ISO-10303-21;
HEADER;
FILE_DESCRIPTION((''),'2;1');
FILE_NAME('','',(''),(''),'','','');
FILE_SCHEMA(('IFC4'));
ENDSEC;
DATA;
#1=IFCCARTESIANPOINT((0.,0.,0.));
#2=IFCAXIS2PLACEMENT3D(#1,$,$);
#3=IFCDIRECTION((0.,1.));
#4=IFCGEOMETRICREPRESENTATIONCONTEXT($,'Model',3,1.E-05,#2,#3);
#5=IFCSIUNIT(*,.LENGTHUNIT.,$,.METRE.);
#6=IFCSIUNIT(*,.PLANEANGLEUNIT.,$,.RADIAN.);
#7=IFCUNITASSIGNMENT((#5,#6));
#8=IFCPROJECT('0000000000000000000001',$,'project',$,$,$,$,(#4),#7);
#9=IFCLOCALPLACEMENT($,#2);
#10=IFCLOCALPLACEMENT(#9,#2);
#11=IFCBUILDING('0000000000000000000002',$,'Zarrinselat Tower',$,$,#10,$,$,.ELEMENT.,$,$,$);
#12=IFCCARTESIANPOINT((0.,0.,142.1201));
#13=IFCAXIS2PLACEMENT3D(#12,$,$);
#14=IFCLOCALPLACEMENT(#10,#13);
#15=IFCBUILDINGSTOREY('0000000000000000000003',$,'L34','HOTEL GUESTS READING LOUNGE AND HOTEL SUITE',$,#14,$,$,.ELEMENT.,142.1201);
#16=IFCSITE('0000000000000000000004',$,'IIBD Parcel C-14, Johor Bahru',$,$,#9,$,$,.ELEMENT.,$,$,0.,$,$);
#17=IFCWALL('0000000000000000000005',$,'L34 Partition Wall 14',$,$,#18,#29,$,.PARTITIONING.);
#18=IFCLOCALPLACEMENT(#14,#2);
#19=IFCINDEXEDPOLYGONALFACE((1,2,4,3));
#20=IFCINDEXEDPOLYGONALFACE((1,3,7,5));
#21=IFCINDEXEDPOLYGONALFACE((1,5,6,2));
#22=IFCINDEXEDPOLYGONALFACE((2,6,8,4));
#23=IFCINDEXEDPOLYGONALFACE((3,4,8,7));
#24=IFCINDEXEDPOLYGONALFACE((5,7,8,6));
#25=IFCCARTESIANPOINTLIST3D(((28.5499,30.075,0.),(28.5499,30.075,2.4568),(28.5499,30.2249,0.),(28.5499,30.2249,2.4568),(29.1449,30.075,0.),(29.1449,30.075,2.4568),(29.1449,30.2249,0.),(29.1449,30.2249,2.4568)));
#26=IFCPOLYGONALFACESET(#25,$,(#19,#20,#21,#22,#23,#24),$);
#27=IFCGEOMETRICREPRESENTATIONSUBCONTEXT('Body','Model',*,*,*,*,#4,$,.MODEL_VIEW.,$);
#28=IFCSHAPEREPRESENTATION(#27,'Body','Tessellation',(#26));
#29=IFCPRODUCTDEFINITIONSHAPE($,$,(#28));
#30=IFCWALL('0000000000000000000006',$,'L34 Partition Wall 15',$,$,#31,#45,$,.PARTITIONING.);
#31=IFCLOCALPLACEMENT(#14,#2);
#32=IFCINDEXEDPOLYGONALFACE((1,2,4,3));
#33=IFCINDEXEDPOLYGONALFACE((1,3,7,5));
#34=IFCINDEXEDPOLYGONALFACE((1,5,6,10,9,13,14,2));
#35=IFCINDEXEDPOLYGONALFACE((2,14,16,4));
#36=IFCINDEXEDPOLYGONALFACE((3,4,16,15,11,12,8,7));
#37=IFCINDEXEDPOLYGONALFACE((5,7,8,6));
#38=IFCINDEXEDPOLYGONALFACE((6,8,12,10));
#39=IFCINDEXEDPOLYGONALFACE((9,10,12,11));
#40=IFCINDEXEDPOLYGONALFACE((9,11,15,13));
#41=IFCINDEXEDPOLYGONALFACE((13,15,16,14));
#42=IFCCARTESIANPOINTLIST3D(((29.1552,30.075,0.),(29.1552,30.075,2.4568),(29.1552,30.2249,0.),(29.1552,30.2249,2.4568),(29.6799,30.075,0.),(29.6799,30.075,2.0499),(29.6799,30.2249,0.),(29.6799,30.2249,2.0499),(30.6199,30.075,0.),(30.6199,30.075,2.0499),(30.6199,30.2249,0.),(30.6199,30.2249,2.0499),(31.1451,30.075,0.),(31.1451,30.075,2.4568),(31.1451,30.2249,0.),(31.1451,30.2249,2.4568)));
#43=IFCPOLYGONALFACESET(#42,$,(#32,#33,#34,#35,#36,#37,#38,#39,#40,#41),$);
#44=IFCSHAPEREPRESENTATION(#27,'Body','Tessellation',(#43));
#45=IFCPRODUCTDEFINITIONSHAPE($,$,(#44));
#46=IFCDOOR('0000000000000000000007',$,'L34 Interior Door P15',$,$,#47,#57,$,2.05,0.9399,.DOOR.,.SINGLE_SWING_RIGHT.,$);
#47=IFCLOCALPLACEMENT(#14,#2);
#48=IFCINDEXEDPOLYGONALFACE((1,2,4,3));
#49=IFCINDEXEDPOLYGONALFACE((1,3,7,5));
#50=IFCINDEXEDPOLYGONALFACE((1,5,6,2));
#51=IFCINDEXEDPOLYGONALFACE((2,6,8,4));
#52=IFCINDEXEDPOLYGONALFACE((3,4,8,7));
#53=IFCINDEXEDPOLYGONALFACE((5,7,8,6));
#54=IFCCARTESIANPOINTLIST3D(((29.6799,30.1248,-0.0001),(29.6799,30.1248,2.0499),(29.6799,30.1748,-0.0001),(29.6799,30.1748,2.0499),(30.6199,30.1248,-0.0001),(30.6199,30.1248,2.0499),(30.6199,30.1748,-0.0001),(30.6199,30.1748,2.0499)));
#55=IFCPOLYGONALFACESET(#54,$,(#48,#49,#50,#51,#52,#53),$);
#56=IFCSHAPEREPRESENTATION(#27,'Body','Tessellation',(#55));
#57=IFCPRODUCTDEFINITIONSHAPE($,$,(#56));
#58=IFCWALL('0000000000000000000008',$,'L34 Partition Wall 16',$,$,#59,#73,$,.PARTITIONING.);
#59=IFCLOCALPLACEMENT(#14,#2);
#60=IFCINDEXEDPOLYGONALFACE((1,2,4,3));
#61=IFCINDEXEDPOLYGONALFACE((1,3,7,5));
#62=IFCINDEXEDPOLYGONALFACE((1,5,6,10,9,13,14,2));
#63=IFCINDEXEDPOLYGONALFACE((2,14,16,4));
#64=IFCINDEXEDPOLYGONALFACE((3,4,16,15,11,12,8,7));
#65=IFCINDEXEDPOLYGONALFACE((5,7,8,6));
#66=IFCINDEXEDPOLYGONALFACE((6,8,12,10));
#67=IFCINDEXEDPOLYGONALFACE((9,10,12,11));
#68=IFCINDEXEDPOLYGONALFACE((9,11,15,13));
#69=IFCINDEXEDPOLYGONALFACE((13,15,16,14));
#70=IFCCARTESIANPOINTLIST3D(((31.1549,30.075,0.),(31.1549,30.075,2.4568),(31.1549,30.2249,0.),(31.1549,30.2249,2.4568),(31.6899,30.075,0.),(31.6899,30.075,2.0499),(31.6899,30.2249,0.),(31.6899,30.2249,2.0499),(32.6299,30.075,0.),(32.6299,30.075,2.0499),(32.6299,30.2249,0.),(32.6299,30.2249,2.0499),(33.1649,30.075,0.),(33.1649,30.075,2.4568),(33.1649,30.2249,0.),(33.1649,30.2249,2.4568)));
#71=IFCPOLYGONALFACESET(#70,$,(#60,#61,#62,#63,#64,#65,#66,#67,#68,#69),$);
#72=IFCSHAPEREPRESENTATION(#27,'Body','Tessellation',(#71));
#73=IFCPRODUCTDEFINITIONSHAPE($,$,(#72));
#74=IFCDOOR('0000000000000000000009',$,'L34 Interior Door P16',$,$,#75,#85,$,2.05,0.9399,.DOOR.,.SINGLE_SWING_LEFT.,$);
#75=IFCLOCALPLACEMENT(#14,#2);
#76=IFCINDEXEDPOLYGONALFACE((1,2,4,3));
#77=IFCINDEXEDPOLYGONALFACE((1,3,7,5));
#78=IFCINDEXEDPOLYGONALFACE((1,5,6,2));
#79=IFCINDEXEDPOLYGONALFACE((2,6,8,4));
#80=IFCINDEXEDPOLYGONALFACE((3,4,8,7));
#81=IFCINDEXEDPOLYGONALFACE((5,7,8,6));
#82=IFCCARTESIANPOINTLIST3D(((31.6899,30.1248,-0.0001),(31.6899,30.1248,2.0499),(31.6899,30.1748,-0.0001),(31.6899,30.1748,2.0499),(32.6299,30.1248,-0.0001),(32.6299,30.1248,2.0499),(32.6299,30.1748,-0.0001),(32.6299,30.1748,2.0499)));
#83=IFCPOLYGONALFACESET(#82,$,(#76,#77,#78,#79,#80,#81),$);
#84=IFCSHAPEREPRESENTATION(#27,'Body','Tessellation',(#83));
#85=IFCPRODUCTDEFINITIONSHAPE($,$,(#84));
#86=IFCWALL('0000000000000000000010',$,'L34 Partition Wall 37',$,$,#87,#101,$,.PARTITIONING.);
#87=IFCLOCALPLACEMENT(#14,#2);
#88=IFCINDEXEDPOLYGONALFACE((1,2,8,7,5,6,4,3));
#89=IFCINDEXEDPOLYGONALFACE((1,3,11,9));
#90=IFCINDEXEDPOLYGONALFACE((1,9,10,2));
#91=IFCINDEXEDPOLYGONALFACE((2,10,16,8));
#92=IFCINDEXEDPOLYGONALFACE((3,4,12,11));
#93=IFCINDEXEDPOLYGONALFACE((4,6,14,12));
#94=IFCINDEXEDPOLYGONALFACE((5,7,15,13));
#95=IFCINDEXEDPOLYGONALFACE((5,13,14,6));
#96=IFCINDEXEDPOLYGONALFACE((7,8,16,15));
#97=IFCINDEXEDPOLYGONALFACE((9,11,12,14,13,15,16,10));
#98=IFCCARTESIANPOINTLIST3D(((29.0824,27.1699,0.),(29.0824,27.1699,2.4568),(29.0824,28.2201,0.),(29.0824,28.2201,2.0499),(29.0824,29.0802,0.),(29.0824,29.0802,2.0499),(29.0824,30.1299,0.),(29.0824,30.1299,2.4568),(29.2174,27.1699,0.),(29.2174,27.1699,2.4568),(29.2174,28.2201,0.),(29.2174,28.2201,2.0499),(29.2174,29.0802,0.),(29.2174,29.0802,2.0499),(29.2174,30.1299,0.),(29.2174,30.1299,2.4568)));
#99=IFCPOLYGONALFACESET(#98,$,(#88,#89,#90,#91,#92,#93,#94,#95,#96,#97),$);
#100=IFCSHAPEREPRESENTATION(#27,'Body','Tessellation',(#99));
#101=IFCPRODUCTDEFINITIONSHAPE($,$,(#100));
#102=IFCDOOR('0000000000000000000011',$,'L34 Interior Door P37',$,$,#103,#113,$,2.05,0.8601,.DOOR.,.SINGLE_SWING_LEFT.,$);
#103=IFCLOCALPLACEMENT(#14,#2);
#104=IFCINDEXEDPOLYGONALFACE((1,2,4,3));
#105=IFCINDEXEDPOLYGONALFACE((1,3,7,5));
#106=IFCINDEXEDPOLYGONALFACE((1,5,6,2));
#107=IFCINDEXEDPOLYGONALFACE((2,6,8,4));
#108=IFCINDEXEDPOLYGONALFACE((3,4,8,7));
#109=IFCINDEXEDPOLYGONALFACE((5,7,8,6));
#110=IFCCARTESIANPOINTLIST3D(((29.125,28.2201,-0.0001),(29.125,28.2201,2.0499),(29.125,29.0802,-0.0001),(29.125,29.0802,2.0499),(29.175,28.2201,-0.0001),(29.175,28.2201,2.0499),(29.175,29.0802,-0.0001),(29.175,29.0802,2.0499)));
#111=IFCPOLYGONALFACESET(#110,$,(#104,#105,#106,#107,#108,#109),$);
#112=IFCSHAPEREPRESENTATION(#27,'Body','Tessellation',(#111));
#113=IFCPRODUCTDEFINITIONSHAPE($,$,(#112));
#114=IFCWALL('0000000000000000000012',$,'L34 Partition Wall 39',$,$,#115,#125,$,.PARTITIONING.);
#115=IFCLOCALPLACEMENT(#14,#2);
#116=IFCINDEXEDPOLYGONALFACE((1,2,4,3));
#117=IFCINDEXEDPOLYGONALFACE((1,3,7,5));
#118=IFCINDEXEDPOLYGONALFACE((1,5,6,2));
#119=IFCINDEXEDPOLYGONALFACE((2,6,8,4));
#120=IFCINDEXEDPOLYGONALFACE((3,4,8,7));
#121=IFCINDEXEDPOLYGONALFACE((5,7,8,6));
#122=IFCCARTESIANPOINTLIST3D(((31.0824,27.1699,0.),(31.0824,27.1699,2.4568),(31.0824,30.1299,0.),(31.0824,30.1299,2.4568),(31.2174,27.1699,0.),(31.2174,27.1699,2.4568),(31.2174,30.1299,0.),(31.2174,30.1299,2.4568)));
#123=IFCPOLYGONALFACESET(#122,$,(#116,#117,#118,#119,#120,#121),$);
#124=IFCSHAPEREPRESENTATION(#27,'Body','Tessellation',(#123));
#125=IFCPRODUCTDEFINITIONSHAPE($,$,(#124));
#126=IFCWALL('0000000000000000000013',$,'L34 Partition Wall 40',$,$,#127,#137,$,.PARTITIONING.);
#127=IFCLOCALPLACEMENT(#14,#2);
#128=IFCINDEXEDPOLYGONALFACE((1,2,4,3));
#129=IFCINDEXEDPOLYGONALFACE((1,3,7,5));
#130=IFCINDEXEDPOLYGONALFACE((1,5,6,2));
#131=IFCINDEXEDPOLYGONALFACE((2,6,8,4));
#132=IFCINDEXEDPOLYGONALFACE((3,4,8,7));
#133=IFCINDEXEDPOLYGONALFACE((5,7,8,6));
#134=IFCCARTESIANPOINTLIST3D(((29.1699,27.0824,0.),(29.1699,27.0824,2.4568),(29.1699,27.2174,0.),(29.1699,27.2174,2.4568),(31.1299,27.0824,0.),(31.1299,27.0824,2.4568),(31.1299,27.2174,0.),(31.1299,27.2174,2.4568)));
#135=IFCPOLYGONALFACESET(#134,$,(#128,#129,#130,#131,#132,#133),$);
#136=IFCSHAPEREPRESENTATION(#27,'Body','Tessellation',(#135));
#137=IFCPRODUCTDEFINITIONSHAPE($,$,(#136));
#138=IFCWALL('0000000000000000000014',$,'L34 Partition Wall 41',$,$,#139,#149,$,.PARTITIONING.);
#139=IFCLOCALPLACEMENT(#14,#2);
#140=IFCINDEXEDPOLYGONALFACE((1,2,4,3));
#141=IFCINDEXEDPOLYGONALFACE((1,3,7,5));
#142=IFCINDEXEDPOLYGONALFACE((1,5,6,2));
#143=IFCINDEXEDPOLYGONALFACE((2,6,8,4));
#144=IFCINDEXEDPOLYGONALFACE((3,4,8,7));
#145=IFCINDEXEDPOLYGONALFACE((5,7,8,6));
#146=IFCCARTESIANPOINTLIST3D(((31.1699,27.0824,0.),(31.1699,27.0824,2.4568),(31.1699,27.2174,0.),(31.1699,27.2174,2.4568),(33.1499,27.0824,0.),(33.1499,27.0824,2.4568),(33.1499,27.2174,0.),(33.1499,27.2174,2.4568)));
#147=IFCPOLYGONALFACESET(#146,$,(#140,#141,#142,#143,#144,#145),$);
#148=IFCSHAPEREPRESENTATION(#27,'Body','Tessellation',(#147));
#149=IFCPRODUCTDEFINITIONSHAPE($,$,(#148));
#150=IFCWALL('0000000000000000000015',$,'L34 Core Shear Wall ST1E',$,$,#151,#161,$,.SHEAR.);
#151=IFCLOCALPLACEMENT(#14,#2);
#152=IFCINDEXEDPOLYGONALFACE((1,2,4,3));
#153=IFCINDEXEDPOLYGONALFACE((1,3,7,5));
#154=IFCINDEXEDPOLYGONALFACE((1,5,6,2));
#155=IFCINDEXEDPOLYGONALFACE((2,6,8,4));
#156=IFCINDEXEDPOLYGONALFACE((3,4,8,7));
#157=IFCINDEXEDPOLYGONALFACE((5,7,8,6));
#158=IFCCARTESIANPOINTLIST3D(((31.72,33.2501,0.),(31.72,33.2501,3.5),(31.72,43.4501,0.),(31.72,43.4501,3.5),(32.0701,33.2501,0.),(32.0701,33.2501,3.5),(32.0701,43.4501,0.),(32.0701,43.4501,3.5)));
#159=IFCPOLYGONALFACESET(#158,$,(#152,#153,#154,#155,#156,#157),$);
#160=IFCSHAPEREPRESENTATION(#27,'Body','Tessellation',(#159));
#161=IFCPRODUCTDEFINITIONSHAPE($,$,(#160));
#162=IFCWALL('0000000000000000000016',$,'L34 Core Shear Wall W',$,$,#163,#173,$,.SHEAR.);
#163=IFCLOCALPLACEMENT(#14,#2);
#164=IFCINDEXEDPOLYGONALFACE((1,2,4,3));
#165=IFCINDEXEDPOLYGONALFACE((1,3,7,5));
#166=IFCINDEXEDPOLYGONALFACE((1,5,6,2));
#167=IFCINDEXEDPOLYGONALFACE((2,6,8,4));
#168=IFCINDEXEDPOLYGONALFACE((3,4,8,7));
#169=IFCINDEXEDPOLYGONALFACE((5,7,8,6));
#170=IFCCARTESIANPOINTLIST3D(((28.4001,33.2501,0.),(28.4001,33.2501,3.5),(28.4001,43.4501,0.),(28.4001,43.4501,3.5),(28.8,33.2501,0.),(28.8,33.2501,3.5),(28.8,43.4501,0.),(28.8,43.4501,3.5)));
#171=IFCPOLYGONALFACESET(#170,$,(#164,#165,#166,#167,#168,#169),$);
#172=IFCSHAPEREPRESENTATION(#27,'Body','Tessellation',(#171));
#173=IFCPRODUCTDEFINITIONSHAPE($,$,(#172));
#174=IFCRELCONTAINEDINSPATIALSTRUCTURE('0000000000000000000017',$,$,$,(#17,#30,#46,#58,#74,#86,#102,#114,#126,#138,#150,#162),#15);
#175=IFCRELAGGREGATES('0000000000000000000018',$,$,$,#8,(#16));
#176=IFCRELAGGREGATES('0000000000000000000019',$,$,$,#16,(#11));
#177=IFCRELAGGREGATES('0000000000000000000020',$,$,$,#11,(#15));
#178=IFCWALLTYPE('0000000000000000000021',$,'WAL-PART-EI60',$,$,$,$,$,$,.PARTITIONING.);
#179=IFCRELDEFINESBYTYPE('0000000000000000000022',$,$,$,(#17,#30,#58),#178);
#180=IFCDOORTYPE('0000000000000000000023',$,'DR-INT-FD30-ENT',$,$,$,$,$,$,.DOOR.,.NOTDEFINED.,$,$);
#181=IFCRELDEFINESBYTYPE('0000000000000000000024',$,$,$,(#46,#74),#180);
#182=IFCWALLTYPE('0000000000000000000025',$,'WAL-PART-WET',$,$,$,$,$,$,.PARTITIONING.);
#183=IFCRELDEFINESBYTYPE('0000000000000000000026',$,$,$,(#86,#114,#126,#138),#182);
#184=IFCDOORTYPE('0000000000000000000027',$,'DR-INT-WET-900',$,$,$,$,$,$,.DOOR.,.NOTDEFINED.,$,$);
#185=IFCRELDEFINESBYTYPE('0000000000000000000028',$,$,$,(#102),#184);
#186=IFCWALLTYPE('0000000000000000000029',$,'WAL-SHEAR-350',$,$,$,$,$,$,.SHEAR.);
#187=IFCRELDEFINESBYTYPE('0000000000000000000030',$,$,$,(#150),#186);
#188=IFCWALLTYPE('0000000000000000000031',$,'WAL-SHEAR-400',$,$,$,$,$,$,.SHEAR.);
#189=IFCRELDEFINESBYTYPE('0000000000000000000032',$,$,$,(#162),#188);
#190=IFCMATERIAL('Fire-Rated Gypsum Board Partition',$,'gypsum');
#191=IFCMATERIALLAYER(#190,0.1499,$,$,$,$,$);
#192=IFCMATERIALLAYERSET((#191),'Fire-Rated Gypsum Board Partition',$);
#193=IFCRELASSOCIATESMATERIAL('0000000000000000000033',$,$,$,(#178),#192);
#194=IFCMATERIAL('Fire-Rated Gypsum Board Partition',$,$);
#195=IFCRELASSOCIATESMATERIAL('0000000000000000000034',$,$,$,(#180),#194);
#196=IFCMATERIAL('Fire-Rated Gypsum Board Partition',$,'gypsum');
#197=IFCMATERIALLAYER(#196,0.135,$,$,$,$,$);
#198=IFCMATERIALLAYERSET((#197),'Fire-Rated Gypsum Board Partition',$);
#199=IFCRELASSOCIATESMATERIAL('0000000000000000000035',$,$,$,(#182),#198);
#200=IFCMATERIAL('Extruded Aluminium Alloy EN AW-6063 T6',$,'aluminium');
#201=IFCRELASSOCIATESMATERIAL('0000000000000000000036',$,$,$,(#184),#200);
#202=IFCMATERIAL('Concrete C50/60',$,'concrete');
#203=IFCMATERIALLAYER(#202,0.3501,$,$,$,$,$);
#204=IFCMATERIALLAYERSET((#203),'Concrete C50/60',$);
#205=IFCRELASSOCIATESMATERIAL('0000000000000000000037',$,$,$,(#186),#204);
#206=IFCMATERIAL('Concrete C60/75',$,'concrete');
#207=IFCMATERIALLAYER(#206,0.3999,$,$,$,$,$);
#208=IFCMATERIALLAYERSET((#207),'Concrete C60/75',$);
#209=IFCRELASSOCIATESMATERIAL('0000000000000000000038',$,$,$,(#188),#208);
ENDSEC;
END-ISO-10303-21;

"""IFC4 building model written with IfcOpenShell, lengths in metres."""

from ifc_helpers import new_model, si_unit, direction, frame, frame_2d, origin, place, context, subcontext, project, spatial, rectangle, extrude, material, layer, layer_set, type_object, element, fill, save


model = new_model("IFC4")

# Units and contexts
model_context = context("Model", 3, precision=1e-05, world=origin(), true_north=direction((0.0, 1.0)))
body_context = subcontext(model_context, "Body", "Model", "MODEL_VIEW")
ifc_project = project(units=[si_unit("LENGTHUNIT", "METRE"), si_unit("PLANEANGLEUNIT", "RADIAN")], contexts=[model_context])

# Site, building, storey
site_placement = place(None, origin())
site = spatial("IfcSite", under=ifc_project, at=site_placement, Name="IIBD Parcel C-14, Johor Bahru", CompositionType="ELEMENT", RefElevation=0.0)
building_placement = place(site_placement, origin())
building = spatial("IfcBuilding", under=site, at=building_placement, Name="Zarrinselat Tower", CompositionType="ELEMENT")
storey_placement = place(building_placement, frame((0.0, 0.0, 142.1201)))
storey = spatial("IfcBuildingStorey", under=building, at=storey_placement, Name="L34", Description="HOTEL GUESTS READING LOUNGE AND HOTEL SUITE", CompositionType="ELEMENT", Elevation=142.1201)

# Wall
ifc_material_1 = material(Name="Fire-Rated Gypsum Board Partition", Category="gypsum")
ifc_layer_1 = layer(ifc_material_1, 0.1499)
ifc_layer_set_1 = layer_set([ifc_layer_1], Name="Fire-Rated Gypsum Board Partition")
wall_type_1 = type_object("IfcWallType", Name="WAL-PART-EI60", PredefinedType="PARTITIONING", material=ifc_layer_set_1)
wall_1_placement = place(storey_placement, frame((28.55, 30.1499, 0.0), z_axis=(0.0, 0.0, 1.0), x_axis=(1.0, 0.0, 0.0)))
element("IfcWall", 1, at=wall_1_placement, inside=storey, type_object=wall_type_1, Name="L34 Partition Wall 14", PredefinedType="PARTITIONING", context=body_context, shape_type="SweptSolid", body=[
    extrude(rectangle(XDim=0.595, YDim=0.1499, at=frame_2d((0.2974, 0.0))), origin(), (0.0, 0.0, 1.0), 2.4568),
])

# Walls, openings, doors
wall_2_placement = place(storey_placement, frame((29.155, 30.1499, 0.0), z_axis=(0.0, 0.0, 1.0), x_axis=(1.0, 0.0, 0.0)))
wall_2 = element("IfcWall", 2, at=wall_2_placement, inside=storey, type_object=wall_type_1, Name="L34 Partition Wall 15", PredefinedType="PARTITIONING", context=body_context, shape_type="SweptSolid", body=[
    extrude(rectangle(XDim=1.99, YDim=0.1499, at=frame_2d((0.9951, 0.0))), origin(), (0.0, 0.0, 1.0), 2.4568),
])
opening_1_placement = place(wall_2_placement, frame((0.5249, 0.0, 0.0)))
opening_1 = element("IfcOpeningElement", 3, at=opening_1_placement, cuts=wall_2, PredefinedType="OPENING", context=body_context, shape_type="SweptSolid", body=[
    extrude(rectangle(XDim=0.9399, YDim=2.05, at=frame_2d((0.47, 1.0249))), frame((0.0, 0.085, 0.0), z_axis=(0.0, -1.0, 0.0), x_axis=(1.0, 0.0, 0.0)), (0.0, 0.0, 1.0), 0.1699),
])
ifc_material_2 = material(Name="Fire-Rated Gypsum Board Partition")
door_type_1 = type_object("IfcDoorType", Name="DR-INT-FD30-ENT", OperationType="NOTDEFINED", PredefinedType="DOOR", material=ifc_material_2)
door_1_placement = place(opening_1_placement, origin())
door_1 = element("IfcDoor", 4, at=door_1_placement, inside=storey, type_object=door_type_1, Name="L34 Interior Door P15", OperationType="SINGLE_SWING_RIGHT", OverallHeight=2.05, OverallWidth=0.9399, PredefinedType="DOOR", context=body_context, shape_type="SweptSolid", body=[
    extrude(rectangle(XDim=0.9399, YDim=2.05, at=frame_2d((0.47, 1.0249))), frame((0.0, 0.0249, 0.0), z_axis=(0.0, -1.0, 0.0), x_axis=(1.0, 0.0, 0.0)), (0.0, 0.0, 1.0), 0.05),
])
fill(opening_1, door_1)
wall_3_placement = place(storey_placement, frame((31.155, 30.1499, 0.0), z_axis=(0.0, 0.0, 1.0), x_axis=(1.0, 0.0, 0.0)))
wall_3 = element("IfcWall", 5, at=wall_3_placement, inside=storey, type_object=wall_type_1, Name="L34 Partition Wall 16", PredefinedType="PARTITIONING", context=body_context, shape_type="SweptSolid", body=[
    extrude(rectangle(XDim=2.01, YDim=0.1499, at=frame_2d((1.0049, 0.0))), origin(), (0.0, 0.0, 1.0), 2.4568),
])
opening_2_placement = place(wall_3_placement, frame((0.5349, 0.0, 0.0)))
opening_2 = element("IfcOpeningElement", 6, at=opening_2_placement, cuts=wall_3, PredefinedType="OPENING", context=body_context, shape_type="SweptSolid", body=[
    extrude(rectangle(XDim=0.9399, YDim=2.05, at=frame_2d((0.47, 1.0249))), frame((0.0, 0.085, 0.0), z_axis=(0.0, -1.0, 0.0), x_axis=(1.0, 0.0, 0.0)), (0.0, 0.0, 1.0), 0.1699),
])
door_2_placement = place(opening_2_placement, origin())
door_2 = element("IfcDoor", 7, at=door_2_placement, inside=storey, type_object=door_type_1, Name="L34 Interior Door P16", OperationType="SINGLE_SWING_LEFT", OverallHeight=2.05, OverallWidth=0.9399, PredefinedType="DOOR", context=body_context, shape_type="SweptSolid", body=[
    extrude(rectangle(XDim=0.9399, YDim=2.05, at=frame_2d((0.47, 1.0249))), frame((0.0, 0.0249, 0.0), z_axis=(0.0, -1.0, 0.0), x_axis=(1.0, 0.0, 0.0)), (0.0, 0.0, 1.0), 0.05),
])
fill(opening_2, door_2)
ifc_material_3 = material(Name="Fire-Rated Gypsum Board Partition", Category="gypsum")
ifc_layer_2 = layer(ifc_material_3, 0.135)
ifc_layer_set_2 = layer_set([ifc_layer_2], Name="Fire-Rated Gypsum Board Partition")
wall_type_2 = type_object("IfcWallType", Name="WAL-PART-WET", PredefinedType="PARTITIONING", material=ifc_layer_set_2)
wall_4_placement = place(storey_placement, frame((29.1499, 27.1699, 0.0), z_axis=(0.0, 0.0, 1.0), x_axis=(0.0, 1.0, 0.0)))
wall_4 = element("IfcWall", 8, at=wall_4_placement, inside=storey, type_object=wall_type_2, Name="L34 Partition Wall 37", PredefinedType="PARTITIONING", context=body_context, shape_type="SweptSolid", body=[
    extrude(rectangle(XDim=2.96, YDim=0.135, at=frame_2d((1.48, 0.0))), origin(), (0.0, 0.0, 1.0), 2.4568),
])
opening_3_placement = place(wall_4_placement, frame((1.05, 0.0, 0.0)))
opening_3 = element("IfcOpeningElement", 9, at=opening_3_placement, cuts=wall_4, PredefinedType="OPENING", context=body_context, shape_type="SweptSolid", body=[
    extrude(rectangle(XDim=0.8601, YDim=2.05, at=frame_2d((0.4302, 1.0249))), frame((0.0, 0.0774, 0.0), z_axis=(0.0, -1.0, 0.0), x_axis=(1.0, 0.0, 0.0)), (0.0, 0.0, 1.0), 0.155),
])
ifc_material_4 = material(Name="Extruded Aluminium Alloy EN AW-6063 T6", Category="aluminium")
door_type_2 = type_object("IfcDoorType", Name="DR-INT-WET-900", OperationType="NOTDEFINED", PredefinedType="DOOR", material=ifc_material_4)
door_3_placement = place(opening_3_placement, origin())
door_3 = element("IfcDoor", 10, at=door_3_placement, inside=storey, type_object=door_type_2, Name="L34 Interior Door P37", OperationType="SINGLE_SWING_LEFT", OverallHeight=2.05, OverallWidth=0.8601, PredefinedType="DOOR", context=body_context, shape_type="SweptSolid", body=[
    extrude(rectangle(XDim=0.8601, YDim=2.05, at=frame_2d((0.4302, 1.0249))), frame((0.0, 0.0249, 0.0), z_axis=(0.0, -1.0, 0.0), x_axis=(1.0, 0.0, 0.0)), (0.0, 0.0, 1.0), 0.05),
])
fill(opening_3, door_3)

# Walls
wall_5_placement = place(storey_placement, frame((31.1499, 27.1699, 0.0), z_axis=(0.0, 0.0, 1.0), x_axis=(0.0, 1.0, 0.0)))
element("IfcWall", 11, at=wall_5_placement, inside=storey, type_object=wall_type_2, Name="L34 Partition Wall 39", PredefinedType="PARTITIONING", context=body_context, shape_type="SweptSolid", body=[
    extrude(rectangle(XDim=2.96, YDim=0.135, at=frame_2d((1.48, 0.0))), origin(), (0.0, 0.0, 1.0), 2.4568),
])
wall_6_placement = place(storey_placement, frame((29.1699, 27.1499, 0.0), z_axis=(0.0, 0.0, 1.0), x_axis=(1.0, 0.0, 0.0)))
element("IfcWall", 12, at=wall_6_placement, inside=storey, type_object=wall_type_2, Name="L34 Partition Wall 40", PredefinedType="PARTITIONING", context=body_context, shape_type="SweptSolid", body=[
    extrude(rectangle(XDim=1.96, YDim=0.135, at=frame_2d((0.98, 0.0))), origin(), (0.0, 0.0, 1.0), 2.4568),
])
wall_7_placement = place(storey_placement, frame((31.1699, 27.1499, 0.0), z_axis=(0.0, 0.0, 1.0), x_axis=(1.0, 0.0, 0.0)))
element("IfcWall", 13, at=wall_7_placement, inside=storey, type_object=wall_type_2, Name="L34 Partition Wall 41", PredefinedType="PARTITIONING", context=body_context, shape_type="SweptSolid", body=[
    extrude(rectangle(XDim=1.98, YDim=0.135, at=frame_2d((0.99, 0.0))), origin(), (0.0, 0.0, 1.0), 2.4568),
])
ifc_material_5 = material(Name="Concrete C50/60", Category="concrete")
ifc_layer_3 = layer(ifc_material_5, 0.3501)
ifc_layer_set_3 = layer_set([ifc_layer_3], Name="Concrete C50/60")
wall_type_3 = type_object("IfcWallType", Name="WAL-SHEAR-350", PredefinedType="SHEAR", material=ifc_layer_set_3)
wall_8_placement = place(storey_placement, frame((31.895, 33.25, 0.0), z_axis=(0.0, 0.0, 1.0), x_axis=(0.0, 1.0, 0.0)))
element("IfcWall", 14, at=wall_8_placement, inside=storey, type_object=wall_type_3, Name="L34 Core Shear Wall ST1E", PredefinedType="SHEAR", context=body_context, shape_type="SweptSolid", body=[
    extrude(rectangle(XDim=10.2, YDim=0.3501, at=frame_2d((5.1001, 0.0))), origin(), (0.0, 0.0, 1.0), 3.5),
])

# Shared definitions
ifc_material_6 = material(Name="Concrete C60/75", Category="concrete")
ifc_layer_4 = layer(ifc_material_6, 0.3999)
ifc_layer_set_4 = layer_set([ifc_layer_4], Name="Concrete C60/75")
wall_type_4 = type_object("IfcWallType", Name="WAL-SHEAR-400", PredefinedType="SHEAR", material=ifc_layer_set_4)

# Wall
wall_9_placement = place(storey_placement, frame((28.6001, 33.25, 0.0), z_axis=(0.0, 0.0, 1.0), x_axis=(0.0, 1.0, 0.0)))
element("IfcWall", 15, at=wall_9_placement, inside=storey, type_object=wall_type_4, Name="L34 Core Shear Wall W", PredefinedType="SHEAR", context=body_context, shape_type="SweptSolid", body=[
    extrude(rectangle(XDim=10.2, YDim=0.3999, at=frame_2d((5.1001, 0.0))), origin(), (0.0, 0.0, 1.0), 3.5),
])

save(model, "model.ifc")
